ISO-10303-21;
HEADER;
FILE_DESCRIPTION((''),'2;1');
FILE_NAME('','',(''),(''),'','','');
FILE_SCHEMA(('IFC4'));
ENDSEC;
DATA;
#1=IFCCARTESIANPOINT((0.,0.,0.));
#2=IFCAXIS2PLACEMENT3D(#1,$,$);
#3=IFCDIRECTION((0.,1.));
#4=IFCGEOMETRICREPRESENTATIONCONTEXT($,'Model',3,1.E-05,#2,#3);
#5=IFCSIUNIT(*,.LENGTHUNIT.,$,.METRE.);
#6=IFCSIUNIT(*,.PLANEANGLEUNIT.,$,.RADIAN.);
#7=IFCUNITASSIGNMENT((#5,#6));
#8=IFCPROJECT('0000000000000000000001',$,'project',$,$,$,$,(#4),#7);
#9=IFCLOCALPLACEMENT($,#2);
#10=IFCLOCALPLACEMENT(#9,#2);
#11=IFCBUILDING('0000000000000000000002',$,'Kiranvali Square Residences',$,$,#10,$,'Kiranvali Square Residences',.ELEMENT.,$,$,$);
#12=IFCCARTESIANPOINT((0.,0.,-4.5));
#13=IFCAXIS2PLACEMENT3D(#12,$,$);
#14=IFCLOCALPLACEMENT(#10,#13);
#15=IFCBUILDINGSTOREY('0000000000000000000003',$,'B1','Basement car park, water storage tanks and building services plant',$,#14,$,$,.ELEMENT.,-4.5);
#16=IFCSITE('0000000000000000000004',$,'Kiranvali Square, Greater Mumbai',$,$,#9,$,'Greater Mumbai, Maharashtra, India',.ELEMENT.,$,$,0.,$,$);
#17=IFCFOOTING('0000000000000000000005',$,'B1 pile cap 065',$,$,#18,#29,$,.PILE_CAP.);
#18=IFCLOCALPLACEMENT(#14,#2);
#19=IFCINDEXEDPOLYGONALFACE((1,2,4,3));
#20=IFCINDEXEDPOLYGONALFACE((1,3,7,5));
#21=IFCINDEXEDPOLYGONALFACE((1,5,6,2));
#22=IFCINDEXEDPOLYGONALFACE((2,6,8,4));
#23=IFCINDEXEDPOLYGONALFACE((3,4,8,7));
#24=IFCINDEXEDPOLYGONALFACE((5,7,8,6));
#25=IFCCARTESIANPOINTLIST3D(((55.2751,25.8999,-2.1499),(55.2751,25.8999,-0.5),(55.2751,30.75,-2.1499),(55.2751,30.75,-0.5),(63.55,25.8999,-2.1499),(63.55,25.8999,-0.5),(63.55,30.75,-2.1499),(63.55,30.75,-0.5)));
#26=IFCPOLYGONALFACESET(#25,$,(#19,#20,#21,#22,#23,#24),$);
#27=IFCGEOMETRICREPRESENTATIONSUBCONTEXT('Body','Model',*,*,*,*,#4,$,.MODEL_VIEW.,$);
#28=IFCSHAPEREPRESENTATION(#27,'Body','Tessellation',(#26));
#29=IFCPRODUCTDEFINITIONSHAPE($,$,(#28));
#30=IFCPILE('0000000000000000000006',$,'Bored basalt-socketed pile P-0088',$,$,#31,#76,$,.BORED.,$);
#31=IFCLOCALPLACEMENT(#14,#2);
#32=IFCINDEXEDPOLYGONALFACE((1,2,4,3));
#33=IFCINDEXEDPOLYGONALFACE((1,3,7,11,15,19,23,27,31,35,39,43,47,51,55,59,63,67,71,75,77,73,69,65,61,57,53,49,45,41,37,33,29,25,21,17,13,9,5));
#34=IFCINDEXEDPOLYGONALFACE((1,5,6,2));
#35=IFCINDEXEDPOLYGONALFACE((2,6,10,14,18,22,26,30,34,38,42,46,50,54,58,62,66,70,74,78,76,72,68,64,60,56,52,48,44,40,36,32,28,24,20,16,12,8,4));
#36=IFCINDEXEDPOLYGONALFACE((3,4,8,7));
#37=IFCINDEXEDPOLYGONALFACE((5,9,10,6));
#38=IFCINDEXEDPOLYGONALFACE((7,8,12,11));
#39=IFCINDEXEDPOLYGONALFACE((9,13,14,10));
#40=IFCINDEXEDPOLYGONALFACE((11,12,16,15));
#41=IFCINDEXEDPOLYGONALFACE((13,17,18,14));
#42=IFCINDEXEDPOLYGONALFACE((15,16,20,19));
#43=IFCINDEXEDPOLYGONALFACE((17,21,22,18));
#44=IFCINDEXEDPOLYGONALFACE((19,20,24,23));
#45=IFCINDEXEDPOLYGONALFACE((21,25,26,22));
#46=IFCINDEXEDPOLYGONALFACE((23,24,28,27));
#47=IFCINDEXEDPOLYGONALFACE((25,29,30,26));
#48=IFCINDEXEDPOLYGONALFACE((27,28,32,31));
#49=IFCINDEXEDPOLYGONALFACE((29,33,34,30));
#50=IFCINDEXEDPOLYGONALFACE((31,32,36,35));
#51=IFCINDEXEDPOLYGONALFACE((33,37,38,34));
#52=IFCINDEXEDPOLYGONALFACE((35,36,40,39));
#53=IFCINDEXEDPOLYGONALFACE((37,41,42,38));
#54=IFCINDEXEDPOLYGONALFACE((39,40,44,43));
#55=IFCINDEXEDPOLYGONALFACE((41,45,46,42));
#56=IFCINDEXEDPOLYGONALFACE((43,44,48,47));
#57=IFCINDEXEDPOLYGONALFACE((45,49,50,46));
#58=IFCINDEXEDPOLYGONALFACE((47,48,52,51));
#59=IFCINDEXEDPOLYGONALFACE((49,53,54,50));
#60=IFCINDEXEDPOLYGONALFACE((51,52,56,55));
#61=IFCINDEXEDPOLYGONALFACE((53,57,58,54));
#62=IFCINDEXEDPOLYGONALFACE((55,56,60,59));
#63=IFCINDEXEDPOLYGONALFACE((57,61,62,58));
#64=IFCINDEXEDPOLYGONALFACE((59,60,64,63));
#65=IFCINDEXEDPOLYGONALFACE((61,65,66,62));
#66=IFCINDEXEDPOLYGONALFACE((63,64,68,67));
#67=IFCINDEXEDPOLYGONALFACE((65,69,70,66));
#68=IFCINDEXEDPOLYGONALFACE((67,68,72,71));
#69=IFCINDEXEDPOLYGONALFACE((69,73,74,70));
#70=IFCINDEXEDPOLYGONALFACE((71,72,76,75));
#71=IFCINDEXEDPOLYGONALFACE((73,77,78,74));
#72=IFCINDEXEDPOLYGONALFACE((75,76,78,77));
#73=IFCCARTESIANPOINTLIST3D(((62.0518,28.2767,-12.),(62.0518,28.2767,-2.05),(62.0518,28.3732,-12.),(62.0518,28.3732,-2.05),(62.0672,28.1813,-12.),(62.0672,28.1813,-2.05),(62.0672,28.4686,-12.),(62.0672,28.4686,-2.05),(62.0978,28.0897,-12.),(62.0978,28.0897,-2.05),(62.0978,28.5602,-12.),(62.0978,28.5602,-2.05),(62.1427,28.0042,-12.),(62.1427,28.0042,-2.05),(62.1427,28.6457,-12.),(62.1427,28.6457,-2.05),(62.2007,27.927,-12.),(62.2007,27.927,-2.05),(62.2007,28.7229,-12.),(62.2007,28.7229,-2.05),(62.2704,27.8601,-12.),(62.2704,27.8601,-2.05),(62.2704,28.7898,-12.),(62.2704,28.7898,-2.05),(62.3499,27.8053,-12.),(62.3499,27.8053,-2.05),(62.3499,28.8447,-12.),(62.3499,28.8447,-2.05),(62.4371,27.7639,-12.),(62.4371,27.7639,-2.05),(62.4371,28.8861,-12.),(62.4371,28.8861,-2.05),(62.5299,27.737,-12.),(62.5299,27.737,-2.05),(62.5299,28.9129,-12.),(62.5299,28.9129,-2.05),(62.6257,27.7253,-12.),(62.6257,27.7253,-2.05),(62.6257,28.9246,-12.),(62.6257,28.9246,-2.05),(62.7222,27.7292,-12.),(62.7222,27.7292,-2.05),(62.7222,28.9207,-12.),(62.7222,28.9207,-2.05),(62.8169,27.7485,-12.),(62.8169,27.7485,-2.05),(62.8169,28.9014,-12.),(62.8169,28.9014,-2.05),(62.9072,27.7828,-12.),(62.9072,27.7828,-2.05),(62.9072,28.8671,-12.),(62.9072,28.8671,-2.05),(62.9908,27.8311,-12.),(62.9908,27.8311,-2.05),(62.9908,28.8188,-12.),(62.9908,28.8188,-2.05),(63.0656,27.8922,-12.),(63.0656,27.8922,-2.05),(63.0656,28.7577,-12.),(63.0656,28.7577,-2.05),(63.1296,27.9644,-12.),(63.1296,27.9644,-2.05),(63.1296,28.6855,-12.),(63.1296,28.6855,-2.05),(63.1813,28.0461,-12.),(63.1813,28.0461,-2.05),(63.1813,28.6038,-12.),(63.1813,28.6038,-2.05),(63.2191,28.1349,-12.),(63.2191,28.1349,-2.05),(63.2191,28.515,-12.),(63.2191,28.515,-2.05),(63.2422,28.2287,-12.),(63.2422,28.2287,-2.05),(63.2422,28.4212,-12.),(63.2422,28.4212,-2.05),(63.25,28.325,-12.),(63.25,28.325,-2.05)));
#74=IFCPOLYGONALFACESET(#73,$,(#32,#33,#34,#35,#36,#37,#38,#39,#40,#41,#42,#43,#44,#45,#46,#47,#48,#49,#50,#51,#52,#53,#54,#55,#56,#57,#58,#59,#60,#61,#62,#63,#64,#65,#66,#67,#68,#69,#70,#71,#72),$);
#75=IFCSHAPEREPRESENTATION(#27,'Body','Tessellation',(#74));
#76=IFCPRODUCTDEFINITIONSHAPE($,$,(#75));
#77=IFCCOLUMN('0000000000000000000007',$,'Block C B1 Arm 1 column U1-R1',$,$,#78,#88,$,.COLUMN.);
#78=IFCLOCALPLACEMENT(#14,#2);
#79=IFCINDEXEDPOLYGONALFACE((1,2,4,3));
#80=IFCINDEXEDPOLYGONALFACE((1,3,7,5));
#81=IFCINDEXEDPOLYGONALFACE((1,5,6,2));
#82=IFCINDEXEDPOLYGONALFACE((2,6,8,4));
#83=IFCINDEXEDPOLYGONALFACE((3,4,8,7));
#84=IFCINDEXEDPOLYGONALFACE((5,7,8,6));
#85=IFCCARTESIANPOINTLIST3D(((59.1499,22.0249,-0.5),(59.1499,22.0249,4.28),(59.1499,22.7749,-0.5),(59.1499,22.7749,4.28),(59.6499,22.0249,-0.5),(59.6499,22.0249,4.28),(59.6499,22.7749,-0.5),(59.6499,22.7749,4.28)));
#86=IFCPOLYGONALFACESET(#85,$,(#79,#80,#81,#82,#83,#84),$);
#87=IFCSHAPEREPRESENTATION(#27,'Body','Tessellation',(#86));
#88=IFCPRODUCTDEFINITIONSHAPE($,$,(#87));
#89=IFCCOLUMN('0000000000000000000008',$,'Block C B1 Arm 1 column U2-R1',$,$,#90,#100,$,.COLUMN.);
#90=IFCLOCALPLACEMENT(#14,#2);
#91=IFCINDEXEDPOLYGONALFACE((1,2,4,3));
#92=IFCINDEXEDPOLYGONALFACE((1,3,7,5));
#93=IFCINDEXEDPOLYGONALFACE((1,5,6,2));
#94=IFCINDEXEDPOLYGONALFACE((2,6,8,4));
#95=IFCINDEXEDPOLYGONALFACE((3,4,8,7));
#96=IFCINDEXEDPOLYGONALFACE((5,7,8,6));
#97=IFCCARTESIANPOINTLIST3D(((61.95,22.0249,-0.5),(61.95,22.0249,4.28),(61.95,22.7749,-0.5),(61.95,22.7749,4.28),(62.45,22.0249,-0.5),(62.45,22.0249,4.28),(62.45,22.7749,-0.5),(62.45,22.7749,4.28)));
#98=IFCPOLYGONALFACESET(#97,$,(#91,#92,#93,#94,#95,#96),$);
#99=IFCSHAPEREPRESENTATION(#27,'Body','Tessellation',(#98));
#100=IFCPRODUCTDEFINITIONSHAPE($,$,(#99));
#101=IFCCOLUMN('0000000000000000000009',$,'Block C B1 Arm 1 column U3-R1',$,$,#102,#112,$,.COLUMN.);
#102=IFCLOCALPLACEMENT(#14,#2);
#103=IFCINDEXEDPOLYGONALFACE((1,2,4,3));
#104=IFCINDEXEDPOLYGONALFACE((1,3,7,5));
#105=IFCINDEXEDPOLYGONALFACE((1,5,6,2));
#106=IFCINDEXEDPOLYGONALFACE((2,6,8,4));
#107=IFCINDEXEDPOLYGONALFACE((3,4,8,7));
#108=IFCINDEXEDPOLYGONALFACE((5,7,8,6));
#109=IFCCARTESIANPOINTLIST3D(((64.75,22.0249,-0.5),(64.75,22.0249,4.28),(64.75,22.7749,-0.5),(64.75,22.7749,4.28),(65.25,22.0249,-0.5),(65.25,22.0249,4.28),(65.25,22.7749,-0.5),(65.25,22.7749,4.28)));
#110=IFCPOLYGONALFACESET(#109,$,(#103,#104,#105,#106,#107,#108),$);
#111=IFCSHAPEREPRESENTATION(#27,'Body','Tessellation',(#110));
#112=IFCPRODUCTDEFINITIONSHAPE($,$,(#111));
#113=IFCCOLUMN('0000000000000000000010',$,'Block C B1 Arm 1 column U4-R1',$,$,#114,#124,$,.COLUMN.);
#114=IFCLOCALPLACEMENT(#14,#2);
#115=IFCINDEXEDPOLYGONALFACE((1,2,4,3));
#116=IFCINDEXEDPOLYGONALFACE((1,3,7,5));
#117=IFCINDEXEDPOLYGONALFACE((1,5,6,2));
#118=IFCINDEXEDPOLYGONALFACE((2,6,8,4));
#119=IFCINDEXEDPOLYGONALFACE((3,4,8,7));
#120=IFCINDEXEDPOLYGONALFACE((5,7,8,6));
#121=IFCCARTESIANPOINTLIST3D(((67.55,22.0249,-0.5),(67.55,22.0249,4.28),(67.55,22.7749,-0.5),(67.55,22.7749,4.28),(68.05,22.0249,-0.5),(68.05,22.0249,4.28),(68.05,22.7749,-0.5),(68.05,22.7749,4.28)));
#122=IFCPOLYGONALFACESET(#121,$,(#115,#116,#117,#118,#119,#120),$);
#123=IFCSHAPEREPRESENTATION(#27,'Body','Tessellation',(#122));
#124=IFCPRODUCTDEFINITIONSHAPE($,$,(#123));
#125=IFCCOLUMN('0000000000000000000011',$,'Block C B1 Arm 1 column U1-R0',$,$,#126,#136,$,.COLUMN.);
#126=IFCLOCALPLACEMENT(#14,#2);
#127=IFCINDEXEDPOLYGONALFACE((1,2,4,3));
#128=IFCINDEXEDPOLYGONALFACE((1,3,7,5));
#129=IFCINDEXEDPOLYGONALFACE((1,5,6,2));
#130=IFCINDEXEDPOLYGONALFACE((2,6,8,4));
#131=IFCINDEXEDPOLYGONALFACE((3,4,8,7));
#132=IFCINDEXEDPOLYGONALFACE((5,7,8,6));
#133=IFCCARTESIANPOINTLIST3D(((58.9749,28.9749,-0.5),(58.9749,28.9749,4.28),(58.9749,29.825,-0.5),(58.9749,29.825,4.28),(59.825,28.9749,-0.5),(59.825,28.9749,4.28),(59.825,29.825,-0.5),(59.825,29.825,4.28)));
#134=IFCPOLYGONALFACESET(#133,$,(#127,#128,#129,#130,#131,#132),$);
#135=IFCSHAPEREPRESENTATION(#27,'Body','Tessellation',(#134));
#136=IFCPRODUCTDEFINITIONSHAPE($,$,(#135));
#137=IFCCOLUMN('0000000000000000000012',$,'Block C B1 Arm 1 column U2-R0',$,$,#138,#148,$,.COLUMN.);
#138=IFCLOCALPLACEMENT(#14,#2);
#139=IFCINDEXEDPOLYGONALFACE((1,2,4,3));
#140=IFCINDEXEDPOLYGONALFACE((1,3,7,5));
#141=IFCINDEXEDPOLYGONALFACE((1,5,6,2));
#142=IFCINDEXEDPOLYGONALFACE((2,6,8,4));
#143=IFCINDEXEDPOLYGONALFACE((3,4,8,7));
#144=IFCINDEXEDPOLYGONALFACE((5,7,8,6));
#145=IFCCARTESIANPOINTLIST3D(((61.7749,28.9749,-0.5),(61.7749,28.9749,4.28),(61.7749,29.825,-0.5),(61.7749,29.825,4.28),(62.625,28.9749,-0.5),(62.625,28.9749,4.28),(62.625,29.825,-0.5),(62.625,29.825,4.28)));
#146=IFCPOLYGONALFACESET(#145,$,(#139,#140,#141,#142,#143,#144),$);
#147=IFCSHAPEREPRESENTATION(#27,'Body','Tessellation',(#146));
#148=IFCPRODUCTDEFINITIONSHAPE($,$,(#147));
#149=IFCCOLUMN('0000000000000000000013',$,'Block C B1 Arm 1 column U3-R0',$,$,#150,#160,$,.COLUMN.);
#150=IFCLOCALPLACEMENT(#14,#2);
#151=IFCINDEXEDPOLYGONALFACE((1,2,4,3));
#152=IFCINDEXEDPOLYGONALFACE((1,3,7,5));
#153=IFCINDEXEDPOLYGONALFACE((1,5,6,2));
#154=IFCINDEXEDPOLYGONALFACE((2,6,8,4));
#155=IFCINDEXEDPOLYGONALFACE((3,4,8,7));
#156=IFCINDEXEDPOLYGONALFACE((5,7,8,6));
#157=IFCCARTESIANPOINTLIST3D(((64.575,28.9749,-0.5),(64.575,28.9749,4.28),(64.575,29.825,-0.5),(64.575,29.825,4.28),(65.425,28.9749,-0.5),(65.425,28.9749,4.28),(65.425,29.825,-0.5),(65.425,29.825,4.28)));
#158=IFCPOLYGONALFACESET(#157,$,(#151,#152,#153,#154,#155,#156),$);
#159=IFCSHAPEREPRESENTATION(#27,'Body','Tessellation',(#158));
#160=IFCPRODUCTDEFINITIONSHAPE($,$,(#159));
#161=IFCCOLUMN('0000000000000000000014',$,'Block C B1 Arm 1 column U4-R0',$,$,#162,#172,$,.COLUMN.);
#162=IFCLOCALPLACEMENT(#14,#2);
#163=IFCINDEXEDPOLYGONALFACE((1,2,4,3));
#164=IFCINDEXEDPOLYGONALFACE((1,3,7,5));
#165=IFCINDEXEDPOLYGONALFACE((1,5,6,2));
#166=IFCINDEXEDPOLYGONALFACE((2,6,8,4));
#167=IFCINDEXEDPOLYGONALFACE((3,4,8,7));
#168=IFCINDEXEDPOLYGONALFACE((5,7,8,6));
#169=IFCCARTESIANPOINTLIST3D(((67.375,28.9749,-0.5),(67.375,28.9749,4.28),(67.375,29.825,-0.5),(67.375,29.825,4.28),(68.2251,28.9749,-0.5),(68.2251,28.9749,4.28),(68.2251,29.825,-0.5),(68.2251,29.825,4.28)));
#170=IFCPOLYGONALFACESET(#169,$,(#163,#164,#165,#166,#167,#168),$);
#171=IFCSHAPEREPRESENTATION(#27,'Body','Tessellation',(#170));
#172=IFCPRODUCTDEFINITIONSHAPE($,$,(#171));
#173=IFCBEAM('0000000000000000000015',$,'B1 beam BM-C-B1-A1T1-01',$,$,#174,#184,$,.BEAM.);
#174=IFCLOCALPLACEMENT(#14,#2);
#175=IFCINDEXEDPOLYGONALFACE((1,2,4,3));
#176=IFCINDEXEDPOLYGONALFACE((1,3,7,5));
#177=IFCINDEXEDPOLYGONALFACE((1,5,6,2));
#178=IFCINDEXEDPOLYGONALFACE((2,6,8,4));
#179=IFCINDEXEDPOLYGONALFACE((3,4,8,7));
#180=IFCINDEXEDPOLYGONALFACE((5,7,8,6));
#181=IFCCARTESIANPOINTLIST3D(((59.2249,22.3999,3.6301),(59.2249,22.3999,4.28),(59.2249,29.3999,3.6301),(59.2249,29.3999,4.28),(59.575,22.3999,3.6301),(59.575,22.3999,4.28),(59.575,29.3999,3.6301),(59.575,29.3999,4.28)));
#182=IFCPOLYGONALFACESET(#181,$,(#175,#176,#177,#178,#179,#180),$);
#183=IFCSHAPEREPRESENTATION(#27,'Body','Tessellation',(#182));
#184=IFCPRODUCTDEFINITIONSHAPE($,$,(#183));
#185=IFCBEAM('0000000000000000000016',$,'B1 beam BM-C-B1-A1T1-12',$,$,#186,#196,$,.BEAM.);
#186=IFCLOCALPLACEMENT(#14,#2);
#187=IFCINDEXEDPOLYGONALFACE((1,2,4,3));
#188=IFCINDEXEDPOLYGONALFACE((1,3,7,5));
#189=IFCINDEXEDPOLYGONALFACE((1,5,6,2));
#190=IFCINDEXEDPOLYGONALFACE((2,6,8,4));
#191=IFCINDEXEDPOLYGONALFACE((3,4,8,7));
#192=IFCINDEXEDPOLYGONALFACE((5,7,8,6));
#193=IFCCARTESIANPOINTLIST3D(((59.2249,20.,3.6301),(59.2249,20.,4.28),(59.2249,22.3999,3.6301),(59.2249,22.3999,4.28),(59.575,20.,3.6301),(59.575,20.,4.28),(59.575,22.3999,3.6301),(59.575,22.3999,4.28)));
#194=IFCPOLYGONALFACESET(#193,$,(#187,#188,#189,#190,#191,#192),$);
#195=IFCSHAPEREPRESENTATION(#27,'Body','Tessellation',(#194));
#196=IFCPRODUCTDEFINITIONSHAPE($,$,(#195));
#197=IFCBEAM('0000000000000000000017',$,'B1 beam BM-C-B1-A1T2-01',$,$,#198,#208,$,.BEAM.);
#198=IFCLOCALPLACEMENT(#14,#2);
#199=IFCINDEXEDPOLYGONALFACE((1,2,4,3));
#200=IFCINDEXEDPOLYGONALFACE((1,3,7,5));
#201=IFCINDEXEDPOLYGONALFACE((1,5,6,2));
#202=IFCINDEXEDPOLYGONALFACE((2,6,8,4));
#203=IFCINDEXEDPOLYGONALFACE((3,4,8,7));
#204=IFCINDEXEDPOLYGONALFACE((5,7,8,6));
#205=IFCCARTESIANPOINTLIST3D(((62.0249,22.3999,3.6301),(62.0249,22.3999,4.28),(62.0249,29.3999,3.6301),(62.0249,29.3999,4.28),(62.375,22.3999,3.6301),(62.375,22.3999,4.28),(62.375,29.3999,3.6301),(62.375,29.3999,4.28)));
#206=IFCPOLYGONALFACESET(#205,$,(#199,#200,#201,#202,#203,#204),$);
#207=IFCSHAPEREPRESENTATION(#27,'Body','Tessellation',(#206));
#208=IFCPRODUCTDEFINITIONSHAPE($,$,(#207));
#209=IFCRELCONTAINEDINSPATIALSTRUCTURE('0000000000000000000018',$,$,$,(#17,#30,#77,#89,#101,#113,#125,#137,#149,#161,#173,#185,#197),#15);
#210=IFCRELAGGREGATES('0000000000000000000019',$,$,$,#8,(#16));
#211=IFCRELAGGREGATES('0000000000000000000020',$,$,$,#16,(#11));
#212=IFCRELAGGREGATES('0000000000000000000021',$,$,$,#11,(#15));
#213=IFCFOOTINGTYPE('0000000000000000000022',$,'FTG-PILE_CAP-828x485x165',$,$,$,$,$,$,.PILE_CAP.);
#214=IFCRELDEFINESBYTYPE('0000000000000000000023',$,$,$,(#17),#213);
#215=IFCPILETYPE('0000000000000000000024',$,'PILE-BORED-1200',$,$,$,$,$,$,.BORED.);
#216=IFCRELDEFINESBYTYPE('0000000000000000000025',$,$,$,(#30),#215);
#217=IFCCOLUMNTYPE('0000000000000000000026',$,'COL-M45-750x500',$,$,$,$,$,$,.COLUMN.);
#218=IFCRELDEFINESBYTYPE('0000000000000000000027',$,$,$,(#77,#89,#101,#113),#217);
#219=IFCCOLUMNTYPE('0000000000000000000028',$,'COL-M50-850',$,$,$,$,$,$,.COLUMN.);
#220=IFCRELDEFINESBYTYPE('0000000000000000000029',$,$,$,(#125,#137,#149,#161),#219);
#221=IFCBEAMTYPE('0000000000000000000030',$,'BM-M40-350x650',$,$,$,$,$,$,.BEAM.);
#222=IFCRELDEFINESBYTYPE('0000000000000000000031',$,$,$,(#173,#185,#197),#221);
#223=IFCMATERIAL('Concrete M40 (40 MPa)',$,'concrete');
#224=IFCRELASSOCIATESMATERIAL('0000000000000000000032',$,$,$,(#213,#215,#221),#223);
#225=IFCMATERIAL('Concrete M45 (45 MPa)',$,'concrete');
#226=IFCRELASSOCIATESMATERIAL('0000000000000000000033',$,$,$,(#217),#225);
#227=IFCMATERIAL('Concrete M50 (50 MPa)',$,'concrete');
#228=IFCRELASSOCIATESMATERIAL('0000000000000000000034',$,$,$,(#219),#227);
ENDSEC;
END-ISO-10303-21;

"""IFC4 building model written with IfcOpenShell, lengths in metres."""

from ifc_helpers import new_model, si_unit, direction, frame, origin, origin_2d, place, context, subcontext, project, spatial, rectangle, circle, extrude, material, material_profile, profile_set, type_object, element, save


model = new_model("IFC4")

# Units and contexts
model_context = context("Model", 3, precision=1e-05, world=origin(), true_north=direction((0.0, 1.0)))
body_context = subcontext(model_context, "Body", "Model", "MODEL_VIEW")
ifc_project = project(units=[si_unit("LENGTHUNIT", "METRE"), si_unit("PLANEANGLEUNIT", "RADIAN")], contexts=[model_context])

# Site, building, storey
site_placement = place(None, origin())
site = spatial("IfcSite", under=ifc_project, at=site_placement, Name="Kiranvali Square, Greater Mumbai", LongName="Greater Mumbai, Maharashtra, India", CompositionType="ELEMENT", RefElevation=0.0)
building_placement = place(site_placement, origin())
building = spatial("IfcBuilding", under=site, at=building_placement, Name="Kiranvali Square Residences", LongName="Kiranvali Square Residences", CompositionType="ELEMENT")
storey_placement = place(building_placement, frame((0.0, 0.0, -4.5)))
storey = spatial("IfcBuildingStorey", under=building, at=storey_placement, Name="B1", Description="Basement car park, water storage tanks and building services plant", CompositionType="ELEMENT", Elevation=-4.5)

# Footing
ifc_material_1 = material(Name="Concrete M40 (40 MPa)", Category="concrete")
footing_type = type_object("IfcFootingType", Name="FTG-PILE_CAP-828x485x165", PredefinedType="PILE_CAP", material=ifc_material_1)
footing_placement = place(storey_placement, frame((59.4126, 28.325, -2.1499), z_axis=(0.0, 0.0, 1.0), x_axis=(1.0, 0.0, 0.0)))
element("IfcFooting", 1, at=footing_placement, inside=storey, type_object=footing_type, Name="B1 pile cap 065", PredefinedType="PILE_CAP", context=body_context, shape_type="SweptSolid", body=[
    extrude(rectangle(XDim=8.2749, YDim=4.8501, at=origin_2d()), origin(), (0.0, 0.0, 1.0), 1.6499),
])

# Pile
ifc_material_profile_1 = material_profile(ifc_material_1, circle(Radius=0.6001, at=origin_2d()), Name="BORED PILE 1200")
ifc_profile_set_1 = profile_set([ifc_material_profile_1], Name="Concrete M40 (40 MPa)")
pile_type = type_object("IfcPileType", Name="PILE-BORED-1200", PredefinedType="BORED", material=ifc_profile_set_1)
pile_placement = place(storey_placement, frame((62.6499, 28.325, -2.05), z_axis=(0.0, 0.0, -1.0), x_axis=(1.0, 0.0, 0.0)))
element("IfcPile", 2, at=pile_placement, inside=storey, type_object=pile_type, Name="Bored basalt-socketed pile P-0088", PredefinedType="BORED", context=body_context, shape_type="SweptSolid", body=[
    extrude(circle(Radius=0.6001, at=origin_2d()), origin(), (0.0, 0.0, 1.0), 9.95),
])

# Columns
ifc_material_2 = material(Name="Concrete M45 (45 MPa)", Category="concrete")
ifc_material_profile_2 = material_profile(ifc_material_2, rectangle(XDim=0.5, YDim=0.75, at=origin_2d()), Name="RC 750x500")
ifc_profile_set_2 = profile_set([ifc_material_profile_2], Name="Concrete M45 (45 MPa)")
column_type_1 = type_object("IfcColumnType", Name="COL-M45-750x500", PredefinedType="COLUMN", material=ifc_profile_set_2)
for number, where, z_axis, x_axis, name in (
    (3, (59.3999, 22.3999, -0.5), (0.0, 0.0, 1.0), (1.0, 0.0, 0.0), "Block C B1 Arm 1 column U1-R1"),
    (4, (62.2, 22.3999, -0.5), (0.0, 0.0, 1.0), (1.0, 0.0, 0.0), "Block C B1 Arm 1 column U2-R1"),
    (5, (65.0, 22.3999, -0.5), (0.0, 0.0, 1.0), (1.0, 0.0, 0.0), "Block C B1 Arm 1 column U3-R1"),
    (6, (67.8, 22.3999, -0.5), (0.0, 0.0, 1.0), (1.0, 0.0, 0.0), "Block C B1 Arm 1 column U4-R1"),
):
    element("IfcColumn", number, at=place(storey_placement, frame(where, z_axis=z_axis, x_axis=x_axis)), inside=storey, type_object=column_type_1, Name=name, PredefinedType="COLUMN", context=body_context, shape_type="SweptSolid", body=[
        extrude(rectangle(XDim=0.5, YDim=0.75, at=origin_2d()), origin(), (0.0, 0.0, 1.0), 4.78),
    ])
ifc_material_3 = material(Name="Concrete M50 (50 MPa)", Category="concrete")
ifc_material_profile_3 = material_profile(ifc_material_3, rectangle(XDim=0.8501, YDim=0.8501, at=origin_2d()), Name="RC 850x850")
ifc_profile_set_3 = profile_set([ifc_material_profile_3], Name="Concrete M50 (50 MPa)")
column_type_2 = type_object("IfcColumnType", Name="COL-M50-850", PredefinedType="COLUMN", material=ifc_profile_set_3)
for number, where, z_axis, x_axis, name in (
    (7, (59.3999, 29.3999, -0.5), (0.0, 0.0, 1.0), (1.0, 0.0, 0.0), "Block C B1 Arm 1 column U1-R0"),
    (8, (62.2, 29.3999, -0.5), (0.0, 0.0, 1.0), (1.0, 0.0, 0.0), "Block C B1 Arm 1 column U2-R0"),
    (9, (65.0, 29.3999, -0.5), (0.0, 0.0, 1.0), (1.0, 0.0, 0.0), "Block C B1 Arm 1 column U3-R0"),
    (10, (67.8, 29.3999, -0.5), (0.0, 0.0, 1.0), (1.0, 0.0, 0.0), "Block C B1 Arm 1 column U4-R0"),
):
    element("IfcColumn", number, at=place(storey_placement, frame(where, z_axis=z_axis, x_axis=x_axis)), inside=storey, type_object=column_type_2, Name=name, PredefinedType="COLUMN", context=body_context, shape_type="SweptSolid", body=[
        extrude(rectangle(XDim=0.8501, YDim=0.8501, at=origin_2d()), origin(), (0.0, 0.0, 1.0), 4.78),
    ])

# Beams
ifc_material_profile_4 = material_profile(ifc_material_1, rectangle(XDim=0.3501, YDim=0.6499, at=origin_2d()), Name="RC 350x650")
ifc_profile_set_4 = profile_set([ifc_material_profile_4], Name="Concrete M40 (40 MPa)")
beam_type_1 = type_object("IfcBeamType", Name="BM-M40-350x650", PredefinedType="BEAM", material=ifc_profile_set_4)
beam_1_placement = place(storey_placement, frame((59.3999, 29.3999, 3.9551), z_axis=(0.0, -1.0, 0.0), x_axis=(1.0, 0.0, 0.0)))
element("IfcBeam", 11, at=beam_1_placement, inside=storey, type_object=beam_type_1, Name="B1 beam BM-C-B1-A1T1-01", PredefinedType="BEAM", context=body_context, shape_type="SweptSolid", body=[
    extrude(rectangle(XDim=0.3501, YDim=0.6499, at=origin_2d()), origin(), (0.0, 0.0, 1.0), 7.0),
])
beam_2_placement = place(storey_placement, frame((59.3999, 22.3999, 3.9551), z_axis=(0.0, -1.0, 0.0), x_axis=(1.0, 0.0, 0.0)))
element("IfcBeam", 12, at=beam_2_placement, inside=storey, type_object=beam_type_1, Name="B1 beam BM-C-B1-A1T1-12", PredefinedType="BEAM", context=body_context, shape_type="SweptSolid", body=[
    extrude(rectangle(XDim=0.3501, YDim=0.6499, at=origin_2d()), origin(), (0.0, 0.0, 1.0), 2.3999),
])
beam_3_placement = place(storey_placement, frame((62.2, 29.3999, 3.9551), z_axis=(0.0, -1.0, 0.0), x_axis=(1.0, 0.0, 0.0)))
element("IfcBeam", 13, at=beam_3_placement, inside=storey, type_object=beam_type_1, Name="B1 beam BM-C-B1-A1T2-01", PredefinedType="BEAM", context=body_context, shape_type="SweptSolid", body=[
    extrude(rectangle(XDim=0.3501, YDim=0.6499, at=origin_2d()), origin(), (0.0, 0.0, 1.0), 7.0),
])

save(model, "model.ifc")
